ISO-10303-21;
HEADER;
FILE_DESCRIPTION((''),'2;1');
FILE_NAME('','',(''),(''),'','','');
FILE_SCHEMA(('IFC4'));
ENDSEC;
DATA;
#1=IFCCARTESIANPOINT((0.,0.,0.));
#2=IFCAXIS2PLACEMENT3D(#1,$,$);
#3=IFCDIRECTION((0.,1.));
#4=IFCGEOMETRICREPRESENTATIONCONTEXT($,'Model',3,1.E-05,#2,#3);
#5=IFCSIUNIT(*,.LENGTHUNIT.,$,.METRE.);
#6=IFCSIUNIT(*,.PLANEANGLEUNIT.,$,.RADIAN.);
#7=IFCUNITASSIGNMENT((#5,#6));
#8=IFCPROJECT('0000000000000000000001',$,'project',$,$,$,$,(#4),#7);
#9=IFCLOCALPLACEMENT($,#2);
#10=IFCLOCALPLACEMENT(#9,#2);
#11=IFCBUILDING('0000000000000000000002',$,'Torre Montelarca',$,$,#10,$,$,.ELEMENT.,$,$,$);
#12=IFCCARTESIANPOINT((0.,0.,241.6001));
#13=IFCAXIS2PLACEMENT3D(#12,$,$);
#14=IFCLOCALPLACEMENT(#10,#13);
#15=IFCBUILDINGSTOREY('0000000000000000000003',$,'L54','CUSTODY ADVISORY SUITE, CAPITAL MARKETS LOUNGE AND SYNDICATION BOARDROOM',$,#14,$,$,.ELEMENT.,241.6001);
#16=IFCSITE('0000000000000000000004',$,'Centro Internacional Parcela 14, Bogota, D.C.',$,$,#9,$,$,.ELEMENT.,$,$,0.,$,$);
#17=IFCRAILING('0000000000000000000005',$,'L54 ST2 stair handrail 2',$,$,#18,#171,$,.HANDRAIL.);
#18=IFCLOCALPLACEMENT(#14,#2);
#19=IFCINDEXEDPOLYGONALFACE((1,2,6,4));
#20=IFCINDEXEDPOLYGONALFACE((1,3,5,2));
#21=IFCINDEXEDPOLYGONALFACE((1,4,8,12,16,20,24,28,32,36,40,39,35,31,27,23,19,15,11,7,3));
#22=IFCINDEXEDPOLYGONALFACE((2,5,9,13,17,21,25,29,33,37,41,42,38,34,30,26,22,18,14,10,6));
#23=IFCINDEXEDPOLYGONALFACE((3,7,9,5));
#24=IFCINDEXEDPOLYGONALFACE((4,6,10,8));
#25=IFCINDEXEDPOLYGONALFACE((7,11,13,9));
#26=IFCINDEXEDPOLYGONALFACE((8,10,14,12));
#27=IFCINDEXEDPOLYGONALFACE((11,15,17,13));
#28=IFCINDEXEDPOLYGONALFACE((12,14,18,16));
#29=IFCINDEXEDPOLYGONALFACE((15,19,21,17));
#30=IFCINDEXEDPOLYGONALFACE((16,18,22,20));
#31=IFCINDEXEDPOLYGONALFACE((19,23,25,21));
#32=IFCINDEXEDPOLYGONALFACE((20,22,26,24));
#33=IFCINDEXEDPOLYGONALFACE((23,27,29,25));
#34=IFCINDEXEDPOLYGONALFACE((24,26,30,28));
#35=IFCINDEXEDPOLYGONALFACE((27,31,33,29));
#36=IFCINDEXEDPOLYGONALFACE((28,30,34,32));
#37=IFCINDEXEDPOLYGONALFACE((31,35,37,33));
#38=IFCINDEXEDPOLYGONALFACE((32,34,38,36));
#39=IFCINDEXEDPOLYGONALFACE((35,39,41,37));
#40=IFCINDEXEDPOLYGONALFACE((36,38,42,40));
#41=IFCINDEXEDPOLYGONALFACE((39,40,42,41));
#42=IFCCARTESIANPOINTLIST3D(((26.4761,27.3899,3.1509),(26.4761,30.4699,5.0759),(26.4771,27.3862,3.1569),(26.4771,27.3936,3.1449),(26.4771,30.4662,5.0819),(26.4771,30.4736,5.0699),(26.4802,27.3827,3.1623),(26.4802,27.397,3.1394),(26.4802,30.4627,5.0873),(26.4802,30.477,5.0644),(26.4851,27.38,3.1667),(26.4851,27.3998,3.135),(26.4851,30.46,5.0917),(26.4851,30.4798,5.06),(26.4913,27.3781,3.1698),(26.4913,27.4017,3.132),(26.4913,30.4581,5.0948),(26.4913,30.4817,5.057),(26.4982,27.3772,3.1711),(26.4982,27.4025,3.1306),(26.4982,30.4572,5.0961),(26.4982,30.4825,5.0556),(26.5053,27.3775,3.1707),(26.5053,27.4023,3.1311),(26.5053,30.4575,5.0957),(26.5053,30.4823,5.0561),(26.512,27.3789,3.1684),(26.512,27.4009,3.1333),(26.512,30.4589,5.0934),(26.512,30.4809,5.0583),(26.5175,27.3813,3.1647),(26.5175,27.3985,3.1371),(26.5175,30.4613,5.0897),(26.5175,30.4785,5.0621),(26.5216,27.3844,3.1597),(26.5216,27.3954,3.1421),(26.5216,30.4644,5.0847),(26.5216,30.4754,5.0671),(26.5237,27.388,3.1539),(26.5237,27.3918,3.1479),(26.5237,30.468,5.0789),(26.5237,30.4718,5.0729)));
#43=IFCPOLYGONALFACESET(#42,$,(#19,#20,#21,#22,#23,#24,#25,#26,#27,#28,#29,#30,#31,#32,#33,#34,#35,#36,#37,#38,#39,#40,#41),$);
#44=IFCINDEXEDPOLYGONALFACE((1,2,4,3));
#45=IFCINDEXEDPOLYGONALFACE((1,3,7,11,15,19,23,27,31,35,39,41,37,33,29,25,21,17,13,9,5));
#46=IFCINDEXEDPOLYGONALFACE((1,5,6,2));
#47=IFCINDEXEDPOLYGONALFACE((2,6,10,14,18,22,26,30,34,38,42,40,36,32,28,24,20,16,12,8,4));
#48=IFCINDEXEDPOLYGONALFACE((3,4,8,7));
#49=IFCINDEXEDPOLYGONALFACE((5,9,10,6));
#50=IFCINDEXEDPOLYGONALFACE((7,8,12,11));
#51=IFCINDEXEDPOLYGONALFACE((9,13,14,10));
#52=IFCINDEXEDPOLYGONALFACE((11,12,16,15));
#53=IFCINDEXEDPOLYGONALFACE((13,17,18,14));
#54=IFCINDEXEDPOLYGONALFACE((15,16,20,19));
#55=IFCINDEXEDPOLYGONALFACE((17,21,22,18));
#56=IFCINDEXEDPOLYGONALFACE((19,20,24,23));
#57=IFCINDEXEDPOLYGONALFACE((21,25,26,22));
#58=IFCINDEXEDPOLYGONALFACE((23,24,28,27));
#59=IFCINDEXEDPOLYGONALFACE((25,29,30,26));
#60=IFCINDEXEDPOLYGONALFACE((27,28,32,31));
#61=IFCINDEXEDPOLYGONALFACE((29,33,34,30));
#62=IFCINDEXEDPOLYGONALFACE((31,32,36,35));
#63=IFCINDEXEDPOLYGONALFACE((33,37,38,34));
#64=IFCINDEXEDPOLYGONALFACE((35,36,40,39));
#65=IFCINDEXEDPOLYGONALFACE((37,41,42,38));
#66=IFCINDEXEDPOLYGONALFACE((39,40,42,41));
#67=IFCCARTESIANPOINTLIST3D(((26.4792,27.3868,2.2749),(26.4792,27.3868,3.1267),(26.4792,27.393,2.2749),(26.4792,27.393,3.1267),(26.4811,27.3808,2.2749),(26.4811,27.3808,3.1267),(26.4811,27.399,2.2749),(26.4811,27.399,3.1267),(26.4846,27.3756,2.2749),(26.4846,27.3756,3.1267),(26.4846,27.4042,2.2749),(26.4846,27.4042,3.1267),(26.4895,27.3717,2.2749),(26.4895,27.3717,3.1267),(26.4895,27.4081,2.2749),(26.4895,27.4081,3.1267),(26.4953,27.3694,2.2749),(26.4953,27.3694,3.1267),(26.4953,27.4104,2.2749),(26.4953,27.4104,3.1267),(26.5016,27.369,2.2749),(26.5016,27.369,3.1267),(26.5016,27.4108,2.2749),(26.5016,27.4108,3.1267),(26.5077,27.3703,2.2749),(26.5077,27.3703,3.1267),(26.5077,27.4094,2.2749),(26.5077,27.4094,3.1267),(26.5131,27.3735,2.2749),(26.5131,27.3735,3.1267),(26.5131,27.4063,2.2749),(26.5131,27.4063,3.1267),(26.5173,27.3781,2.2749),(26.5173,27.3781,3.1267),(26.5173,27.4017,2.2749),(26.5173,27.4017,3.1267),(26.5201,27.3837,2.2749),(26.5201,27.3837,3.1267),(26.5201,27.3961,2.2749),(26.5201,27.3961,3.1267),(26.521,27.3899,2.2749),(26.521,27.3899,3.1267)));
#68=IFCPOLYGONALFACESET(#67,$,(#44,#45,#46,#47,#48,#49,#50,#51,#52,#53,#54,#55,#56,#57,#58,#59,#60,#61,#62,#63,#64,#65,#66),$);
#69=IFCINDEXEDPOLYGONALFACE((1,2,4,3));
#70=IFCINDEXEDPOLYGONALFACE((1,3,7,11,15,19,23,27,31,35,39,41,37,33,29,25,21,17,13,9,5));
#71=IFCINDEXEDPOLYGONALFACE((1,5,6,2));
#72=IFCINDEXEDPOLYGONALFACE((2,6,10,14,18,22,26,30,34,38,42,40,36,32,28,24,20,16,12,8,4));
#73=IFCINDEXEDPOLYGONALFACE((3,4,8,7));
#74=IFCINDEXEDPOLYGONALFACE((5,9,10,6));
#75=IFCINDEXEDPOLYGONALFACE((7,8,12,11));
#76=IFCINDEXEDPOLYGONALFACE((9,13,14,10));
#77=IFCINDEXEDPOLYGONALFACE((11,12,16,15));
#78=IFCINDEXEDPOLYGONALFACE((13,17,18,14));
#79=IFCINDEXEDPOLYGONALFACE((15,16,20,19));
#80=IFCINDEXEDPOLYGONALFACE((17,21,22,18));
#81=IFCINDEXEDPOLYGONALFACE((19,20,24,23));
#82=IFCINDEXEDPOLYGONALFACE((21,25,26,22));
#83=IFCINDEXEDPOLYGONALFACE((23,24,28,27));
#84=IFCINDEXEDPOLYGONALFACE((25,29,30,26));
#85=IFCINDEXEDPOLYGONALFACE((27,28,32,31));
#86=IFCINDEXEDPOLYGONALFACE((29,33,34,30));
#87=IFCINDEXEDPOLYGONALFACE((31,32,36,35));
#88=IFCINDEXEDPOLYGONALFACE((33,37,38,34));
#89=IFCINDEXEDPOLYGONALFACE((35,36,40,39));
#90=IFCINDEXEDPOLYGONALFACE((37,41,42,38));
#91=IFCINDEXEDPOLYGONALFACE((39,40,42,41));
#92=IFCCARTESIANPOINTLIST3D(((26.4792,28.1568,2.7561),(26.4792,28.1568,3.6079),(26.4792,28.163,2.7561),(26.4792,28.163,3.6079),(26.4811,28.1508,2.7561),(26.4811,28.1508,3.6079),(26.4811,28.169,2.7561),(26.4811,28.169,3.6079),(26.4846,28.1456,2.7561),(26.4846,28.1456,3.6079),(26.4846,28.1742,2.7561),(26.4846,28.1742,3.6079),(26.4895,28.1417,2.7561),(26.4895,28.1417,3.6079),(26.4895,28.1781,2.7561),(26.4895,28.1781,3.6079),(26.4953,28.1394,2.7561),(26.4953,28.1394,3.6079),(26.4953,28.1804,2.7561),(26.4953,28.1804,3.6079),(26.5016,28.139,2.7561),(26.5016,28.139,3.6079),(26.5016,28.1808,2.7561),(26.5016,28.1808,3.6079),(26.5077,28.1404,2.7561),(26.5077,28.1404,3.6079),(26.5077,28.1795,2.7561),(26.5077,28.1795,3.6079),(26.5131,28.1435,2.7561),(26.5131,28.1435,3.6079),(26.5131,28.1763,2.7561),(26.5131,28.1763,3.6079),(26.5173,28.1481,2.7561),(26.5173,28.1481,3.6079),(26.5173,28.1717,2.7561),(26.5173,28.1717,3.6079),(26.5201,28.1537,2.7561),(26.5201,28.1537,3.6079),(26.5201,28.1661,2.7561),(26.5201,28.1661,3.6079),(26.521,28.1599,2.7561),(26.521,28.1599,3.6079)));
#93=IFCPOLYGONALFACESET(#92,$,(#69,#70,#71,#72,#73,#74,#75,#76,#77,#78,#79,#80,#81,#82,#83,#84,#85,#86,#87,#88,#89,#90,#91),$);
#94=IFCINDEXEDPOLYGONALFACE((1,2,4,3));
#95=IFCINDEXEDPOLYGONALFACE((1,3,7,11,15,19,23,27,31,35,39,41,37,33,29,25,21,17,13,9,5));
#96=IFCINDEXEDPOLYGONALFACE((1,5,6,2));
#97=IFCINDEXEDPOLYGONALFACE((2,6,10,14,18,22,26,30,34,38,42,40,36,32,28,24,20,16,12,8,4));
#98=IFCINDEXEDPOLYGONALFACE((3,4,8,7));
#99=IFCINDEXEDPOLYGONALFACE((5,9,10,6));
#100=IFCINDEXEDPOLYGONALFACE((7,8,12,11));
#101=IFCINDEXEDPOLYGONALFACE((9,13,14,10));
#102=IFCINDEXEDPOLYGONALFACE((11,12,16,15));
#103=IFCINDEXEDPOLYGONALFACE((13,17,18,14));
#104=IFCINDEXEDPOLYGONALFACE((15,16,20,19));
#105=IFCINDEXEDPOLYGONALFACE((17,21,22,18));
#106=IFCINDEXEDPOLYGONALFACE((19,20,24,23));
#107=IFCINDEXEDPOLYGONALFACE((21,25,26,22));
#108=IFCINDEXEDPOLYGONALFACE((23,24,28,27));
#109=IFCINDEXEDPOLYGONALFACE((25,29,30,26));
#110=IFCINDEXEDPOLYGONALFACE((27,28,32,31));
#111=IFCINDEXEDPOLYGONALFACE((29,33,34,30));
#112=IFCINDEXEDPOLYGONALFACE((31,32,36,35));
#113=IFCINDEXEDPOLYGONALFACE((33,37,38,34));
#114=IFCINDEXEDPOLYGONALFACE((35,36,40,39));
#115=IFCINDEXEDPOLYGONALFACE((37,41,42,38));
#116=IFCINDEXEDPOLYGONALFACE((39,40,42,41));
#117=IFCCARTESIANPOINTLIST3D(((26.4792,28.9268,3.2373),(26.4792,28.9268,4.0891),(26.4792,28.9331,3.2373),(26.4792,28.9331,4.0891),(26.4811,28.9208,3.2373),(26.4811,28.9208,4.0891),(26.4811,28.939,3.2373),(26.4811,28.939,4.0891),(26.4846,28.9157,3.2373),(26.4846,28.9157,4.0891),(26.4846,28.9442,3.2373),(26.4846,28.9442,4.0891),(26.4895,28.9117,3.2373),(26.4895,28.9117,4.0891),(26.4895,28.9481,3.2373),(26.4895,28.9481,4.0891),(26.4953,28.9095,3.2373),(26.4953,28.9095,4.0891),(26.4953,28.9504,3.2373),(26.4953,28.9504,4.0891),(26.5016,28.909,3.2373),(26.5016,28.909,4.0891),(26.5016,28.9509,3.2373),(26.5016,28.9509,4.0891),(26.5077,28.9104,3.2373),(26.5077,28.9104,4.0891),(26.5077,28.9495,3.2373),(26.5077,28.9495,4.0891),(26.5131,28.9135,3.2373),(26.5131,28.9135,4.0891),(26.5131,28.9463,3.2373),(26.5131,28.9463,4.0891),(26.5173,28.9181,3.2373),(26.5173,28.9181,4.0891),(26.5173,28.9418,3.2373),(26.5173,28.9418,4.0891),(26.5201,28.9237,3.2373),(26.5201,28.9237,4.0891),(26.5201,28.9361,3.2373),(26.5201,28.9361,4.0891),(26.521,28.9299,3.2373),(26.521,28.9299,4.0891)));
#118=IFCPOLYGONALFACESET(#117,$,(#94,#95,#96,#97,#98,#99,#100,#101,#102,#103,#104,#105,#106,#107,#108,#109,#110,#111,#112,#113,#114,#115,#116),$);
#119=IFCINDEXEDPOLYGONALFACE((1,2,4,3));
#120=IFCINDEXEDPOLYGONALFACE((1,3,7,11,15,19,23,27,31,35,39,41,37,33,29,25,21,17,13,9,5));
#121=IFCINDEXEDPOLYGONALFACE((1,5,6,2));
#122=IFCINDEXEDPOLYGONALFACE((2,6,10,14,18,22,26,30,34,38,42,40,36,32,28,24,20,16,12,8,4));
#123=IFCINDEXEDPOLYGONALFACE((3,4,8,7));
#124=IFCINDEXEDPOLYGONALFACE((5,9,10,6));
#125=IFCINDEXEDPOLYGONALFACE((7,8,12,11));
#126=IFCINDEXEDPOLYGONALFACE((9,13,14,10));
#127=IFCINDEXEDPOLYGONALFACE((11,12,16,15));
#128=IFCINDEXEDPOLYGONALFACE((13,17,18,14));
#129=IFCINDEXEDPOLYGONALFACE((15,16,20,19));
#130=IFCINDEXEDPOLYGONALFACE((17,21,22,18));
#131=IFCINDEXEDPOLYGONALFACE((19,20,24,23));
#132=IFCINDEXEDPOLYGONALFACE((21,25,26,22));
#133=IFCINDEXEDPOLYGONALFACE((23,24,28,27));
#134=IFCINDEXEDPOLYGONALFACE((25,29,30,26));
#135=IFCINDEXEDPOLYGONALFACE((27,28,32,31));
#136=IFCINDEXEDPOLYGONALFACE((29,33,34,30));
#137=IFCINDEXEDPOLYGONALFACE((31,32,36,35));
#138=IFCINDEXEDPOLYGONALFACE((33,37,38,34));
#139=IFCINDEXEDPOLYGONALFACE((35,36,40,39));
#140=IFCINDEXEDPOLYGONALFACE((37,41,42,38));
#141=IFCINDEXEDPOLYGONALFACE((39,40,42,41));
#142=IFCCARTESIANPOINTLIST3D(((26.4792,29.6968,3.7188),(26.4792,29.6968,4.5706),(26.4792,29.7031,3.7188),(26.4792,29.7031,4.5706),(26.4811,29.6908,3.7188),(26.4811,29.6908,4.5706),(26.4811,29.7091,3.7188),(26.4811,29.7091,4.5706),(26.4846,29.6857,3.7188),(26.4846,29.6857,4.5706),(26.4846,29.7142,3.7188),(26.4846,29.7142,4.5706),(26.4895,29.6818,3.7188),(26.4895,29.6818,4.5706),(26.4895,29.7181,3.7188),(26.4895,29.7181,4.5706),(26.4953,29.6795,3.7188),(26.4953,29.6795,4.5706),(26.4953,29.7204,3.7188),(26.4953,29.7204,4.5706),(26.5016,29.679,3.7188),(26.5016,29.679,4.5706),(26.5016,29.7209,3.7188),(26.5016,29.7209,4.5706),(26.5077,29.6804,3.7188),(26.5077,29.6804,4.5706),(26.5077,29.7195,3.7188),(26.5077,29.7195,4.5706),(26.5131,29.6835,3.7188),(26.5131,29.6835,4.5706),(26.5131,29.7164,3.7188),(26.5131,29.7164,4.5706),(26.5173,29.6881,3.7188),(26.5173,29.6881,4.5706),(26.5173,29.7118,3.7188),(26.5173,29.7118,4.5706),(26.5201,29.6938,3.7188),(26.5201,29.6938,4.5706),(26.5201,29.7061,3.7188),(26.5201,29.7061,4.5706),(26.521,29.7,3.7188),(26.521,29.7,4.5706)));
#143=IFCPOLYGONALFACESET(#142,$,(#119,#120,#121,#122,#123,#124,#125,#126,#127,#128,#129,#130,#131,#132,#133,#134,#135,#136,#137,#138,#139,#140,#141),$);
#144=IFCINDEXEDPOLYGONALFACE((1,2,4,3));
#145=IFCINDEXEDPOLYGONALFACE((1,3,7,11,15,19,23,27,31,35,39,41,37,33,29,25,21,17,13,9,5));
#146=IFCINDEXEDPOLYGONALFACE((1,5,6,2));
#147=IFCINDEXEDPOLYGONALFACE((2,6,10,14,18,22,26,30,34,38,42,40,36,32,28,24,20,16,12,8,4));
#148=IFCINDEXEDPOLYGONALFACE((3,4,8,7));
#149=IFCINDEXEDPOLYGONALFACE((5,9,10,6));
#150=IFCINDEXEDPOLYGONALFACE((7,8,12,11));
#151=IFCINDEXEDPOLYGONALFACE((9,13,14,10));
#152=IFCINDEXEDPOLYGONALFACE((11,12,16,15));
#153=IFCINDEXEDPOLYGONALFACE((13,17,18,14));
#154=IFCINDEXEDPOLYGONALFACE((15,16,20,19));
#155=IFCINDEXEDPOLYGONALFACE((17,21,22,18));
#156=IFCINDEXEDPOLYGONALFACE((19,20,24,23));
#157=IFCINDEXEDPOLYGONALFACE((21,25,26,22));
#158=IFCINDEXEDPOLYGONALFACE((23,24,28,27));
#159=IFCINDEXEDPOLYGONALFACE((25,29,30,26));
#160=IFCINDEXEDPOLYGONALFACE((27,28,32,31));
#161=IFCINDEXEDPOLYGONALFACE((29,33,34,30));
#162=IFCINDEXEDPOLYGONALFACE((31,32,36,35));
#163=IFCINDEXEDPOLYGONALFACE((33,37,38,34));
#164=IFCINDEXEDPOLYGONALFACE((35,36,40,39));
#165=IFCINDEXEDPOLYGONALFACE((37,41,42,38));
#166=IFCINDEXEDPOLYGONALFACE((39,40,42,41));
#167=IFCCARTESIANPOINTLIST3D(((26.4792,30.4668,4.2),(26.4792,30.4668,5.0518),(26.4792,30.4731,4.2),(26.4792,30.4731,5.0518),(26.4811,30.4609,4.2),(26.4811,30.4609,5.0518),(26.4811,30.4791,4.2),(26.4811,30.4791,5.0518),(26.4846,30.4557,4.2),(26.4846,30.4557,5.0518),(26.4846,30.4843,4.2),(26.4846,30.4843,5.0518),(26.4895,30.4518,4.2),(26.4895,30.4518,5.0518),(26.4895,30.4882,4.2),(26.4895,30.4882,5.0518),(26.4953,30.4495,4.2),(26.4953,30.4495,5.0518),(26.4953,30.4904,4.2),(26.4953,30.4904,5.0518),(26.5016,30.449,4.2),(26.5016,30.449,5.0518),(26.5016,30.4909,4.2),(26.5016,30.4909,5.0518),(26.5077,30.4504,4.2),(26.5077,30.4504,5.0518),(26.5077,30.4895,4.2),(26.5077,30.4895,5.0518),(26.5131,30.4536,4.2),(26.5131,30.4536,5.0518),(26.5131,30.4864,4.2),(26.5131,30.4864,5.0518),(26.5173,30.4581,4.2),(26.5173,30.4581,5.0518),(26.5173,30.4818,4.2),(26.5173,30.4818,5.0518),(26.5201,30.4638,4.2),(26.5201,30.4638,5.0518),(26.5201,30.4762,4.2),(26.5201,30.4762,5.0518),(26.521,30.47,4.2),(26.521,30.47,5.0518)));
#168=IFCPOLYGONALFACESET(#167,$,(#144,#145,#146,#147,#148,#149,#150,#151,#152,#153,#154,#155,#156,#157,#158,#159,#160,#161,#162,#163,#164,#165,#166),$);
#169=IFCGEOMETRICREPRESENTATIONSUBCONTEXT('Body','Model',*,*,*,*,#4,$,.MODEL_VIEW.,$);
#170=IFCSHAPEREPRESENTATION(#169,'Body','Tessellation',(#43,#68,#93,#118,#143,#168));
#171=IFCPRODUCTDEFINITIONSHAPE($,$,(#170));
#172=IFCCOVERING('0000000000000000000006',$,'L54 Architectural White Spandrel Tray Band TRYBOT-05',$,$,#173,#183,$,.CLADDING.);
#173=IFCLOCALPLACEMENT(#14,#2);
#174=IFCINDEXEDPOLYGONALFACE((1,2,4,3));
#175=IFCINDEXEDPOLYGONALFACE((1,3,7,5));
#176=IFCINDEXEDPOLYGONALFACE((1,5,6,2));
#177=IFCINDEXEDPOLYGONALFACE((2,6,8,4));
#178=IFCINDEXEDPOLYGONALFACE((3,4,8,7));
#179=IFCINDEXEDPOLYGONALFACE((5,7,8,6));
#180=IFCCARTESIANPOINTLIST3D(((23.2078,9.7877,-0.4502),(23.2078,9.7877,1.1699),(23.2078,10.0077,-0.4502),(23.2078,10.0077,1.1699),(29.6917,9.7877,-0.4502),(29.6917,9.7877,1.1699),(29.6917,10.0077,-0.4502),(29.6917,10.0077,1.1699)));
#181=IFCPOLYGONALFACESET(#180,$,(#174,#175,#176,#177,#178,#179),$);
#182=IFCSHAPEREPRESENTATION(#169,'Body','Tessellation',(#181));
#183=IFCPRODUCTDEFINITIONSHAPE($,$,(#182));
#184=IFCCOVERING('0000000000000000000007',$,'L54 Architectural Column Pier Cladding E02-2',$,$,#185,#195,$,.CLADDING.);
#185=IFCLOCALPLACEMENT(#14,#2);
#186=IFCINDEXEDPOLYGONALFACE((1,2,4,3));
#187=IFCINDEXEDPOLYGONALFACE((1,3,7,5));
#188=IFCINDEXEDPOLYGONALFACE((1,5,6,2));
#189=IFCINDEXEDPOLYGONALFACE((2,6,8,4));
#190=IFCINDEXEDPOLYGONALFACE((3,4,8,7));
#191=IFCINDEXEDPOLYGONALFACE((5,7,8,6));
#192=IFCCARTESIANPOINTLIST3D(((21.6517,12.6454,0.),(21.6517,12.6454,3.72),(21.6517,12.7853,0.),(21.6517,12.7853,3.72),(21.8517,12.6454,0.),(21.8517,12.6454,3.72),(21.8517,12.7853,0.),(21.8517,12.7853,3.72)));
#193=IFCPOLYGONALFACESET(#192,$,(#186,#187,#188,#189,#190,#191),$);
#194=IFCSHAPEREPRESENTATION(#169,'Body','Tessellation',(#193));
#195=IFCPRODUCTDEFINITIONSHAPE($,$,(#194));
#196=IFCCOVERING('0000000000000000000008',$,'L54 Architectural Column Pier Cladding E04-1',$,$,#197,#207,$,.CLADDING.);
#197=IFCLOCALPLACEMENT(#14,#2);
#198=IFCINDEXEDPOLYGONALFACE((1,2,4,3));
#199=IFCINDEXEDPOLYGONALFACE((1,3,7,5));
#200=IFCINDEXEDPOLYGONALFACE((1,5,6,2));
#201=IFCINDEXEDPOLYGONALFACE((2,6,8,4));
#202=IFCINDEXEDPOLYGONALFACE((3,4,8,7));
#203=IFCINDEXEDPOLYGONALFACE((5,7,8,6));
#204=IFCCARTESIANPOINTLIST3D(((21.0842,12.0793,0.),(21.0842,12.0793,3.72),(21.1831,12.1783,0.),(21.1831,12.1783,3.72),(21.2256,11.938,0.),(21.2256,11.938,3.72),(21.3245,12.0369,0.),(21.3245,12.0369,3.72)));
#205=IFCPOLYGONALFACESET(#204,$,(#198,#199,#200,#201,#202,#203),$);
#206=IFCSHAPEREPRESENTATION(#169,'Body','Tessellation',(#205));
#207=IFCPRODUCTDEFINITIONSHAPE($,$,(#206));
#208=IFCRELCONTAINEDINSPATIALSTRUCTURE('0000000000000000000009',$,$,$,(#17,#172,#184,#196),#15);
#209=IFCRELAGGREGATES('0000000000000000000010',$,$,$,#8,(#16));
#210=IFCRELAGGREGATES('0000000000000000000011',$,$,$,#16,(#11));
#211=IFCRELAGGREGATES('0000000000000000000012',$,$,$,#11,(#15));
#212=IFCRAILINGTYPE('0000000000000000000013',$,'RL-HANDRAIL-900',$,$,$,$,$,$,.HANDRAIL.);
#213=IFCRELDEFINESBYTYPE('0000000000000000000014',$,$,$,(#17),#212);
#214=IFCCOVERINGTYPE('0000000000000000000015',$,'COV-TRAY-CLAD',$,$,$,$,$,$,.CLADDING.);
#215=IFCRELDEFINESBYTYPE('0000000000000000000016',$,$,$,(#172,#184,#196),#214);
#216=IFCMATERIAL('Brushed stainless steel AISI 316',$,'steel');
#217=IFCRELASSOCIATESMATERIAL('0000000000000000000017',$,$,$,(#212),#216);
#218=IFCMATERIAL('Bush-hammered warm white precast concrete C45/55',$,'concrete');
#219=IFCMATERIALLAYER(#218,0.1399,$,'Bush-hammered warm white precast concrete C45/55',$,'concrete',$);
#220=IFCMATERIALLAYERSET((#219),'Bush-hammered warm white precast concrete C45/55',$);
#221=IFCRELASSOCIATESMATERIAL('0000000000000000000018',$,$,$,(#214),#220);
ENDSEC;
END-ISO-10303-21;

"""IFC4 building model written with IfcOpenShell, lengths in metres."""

from ifc_helpers import new_model, si_unit, direction, frame, origin, origin_2d, place, context, subcontext, project, spatial, rectangle, circle, extrude, source, transform, mapped, material, layer, layer_set, type_object, element, save


model = new_model("IFC4")

# Units and contexts
model_context = context("Model", 3, precision=1e-05, world=origin(), true_north=direction((0.0, 1.0)))
body_context = subcontext(model_context, "Body", "Model", "MODEL_VIEW")
ifc_project = project(units=[si_unit("LENGTHUNIT", "METRE"), si_unit("PLANEANGLEUNIT", "RADIAN")], contexts=[model_context])

# Site, building, storey
site_placement = place(None, origin())
site = spatial("IfcSite", under=ifc_project, at=site_placement, Name="Centro Internacional Parcela 14, Bogota, D.C.", CompositionType="ELEMENT", RefElevation=0.0)
building_placement = place(site_placement, origin())
building = spatial("IfcBuilding", under=site, at=building_placement, Name="Torre Montelarca", CompositionType="ELEMENT")
storey_placement = place(building_placement, frame((0.0, 0.0, 241.6001)))
storey = spatial("IfcBuildingStorey", under=building, at=storey_placement, Name="L54", Description="CUSTODY ADVISORY SUITE, CAPITAL MARKETS LOUNGE AND SYNDICATION BOARDROOM", CompositionType="ELEMENT", Elevation=241.6001)

# Railing
ifc_material_1 = material(Name="Brushed stainless steel AISI 316", Category="steel")
railing_type_1 = type_object("IfcRailingType", Name="RL-HANDRAIL-900", PredefinedType="HANDRAIL", material=ifc_material_1)
railing_1_placement = place(storey_placement, frame((26.5, 27.3899, 2.2749)))
element("IfcRailing", 1, at=railing_1_placement, inside=storey, type_object=railing_type_1, Name="L54 ST2 stair handrail 2", PredefinedType="HANDRAIL", context=body_context, shape_type="SweptSolid", body=[
    extrude(circle(Radius=0.0239, at=origin_2d()), frame((0.0, 0.0, 0.876), z_axis=(0.0, 0.847998, 0.529999), x_axis=(-1.0, 0.0, 0.0)), (0.0, 0.0, 1.0), 3.6321),
    extrude(circle(Radius=0.021, at=origin_2d()), origin(), (0.0, 0.0, 1.0), 0.8518),
    extrude(circle(Radius=0.021, at=origin_2d()), frame((0.0, 0.77, 0.4812)), (0.0, 0.0, 1.0), 0.8518),
    extrude(circle(Radius=0.021, at=origin_2d()), frame((0.0, 1.54, 0.9624)), (0.0, 0.0, 1.0), 0.8518),
    extrude(circle(Radius=0.021, at=origin_2d()), frame((0.0, 2.3101, 1.4438)), (0.0, 0.0, 1.0), 0.8518),
    extrude(circle(Radius=0.021, at=origin_2d()), frame((0.0, 3.0801, 1.925)), (0.0, 0.0, 1.0), 0.8518),
])

# Coverings
ifc_material_2 = material(Name="Bush-hammered warm white precast concrete C45/55", Category="concrete")
ifc_layer_1 = layer(ifc_material_2, 0.1399, Name="Bush-hammered warm white precast concrete C45/55", Category="concrete")
ifc_layer_set_1 = layer_set([ifc_layer_1], Name="Bush-hammered warm white precast concrete C45/55")
covering_type = type_object("IfcCoveringType", Name="COV-TRAY-CLAD", PredefinedType="CLADDING", material=ifc_layer_set_1)
shared_shape_1 = source(origin(), body_context, "Body", "SweptSolid", [
    extrude(rectangle(XDim=6.4839, YDim=0.22, at=origin_2d()), origin(), (0.0, 0.0, 1.0), 1.6201),
])
covering_1_placement = place(storey_placement, frame((26.4497, 9.8977, -0.4502), z_axis=(0.0, 0.0, 1.0), x_axis=(1.0, 0.0, 0.0)))
element("IfcCovering", 2, at=covering_1_placement, inside=storey, type_object=covering_type, Name="L54 Architectural White Spandrel Tray Band TRYBOT-05", PredefinedType="CLADDING", context=body_context, shape_type="MappedRepresentation", body=[
    mapped(shared_shape_1, transform((0.0, 0.0, 0.0), scale=1.0)),
])
shared_shape_2 = source(origin(), body_context, "Body", "SweptSolid", [
    extrude(rectangle(XDim=0.2, YDim=0.1399, at=origin_2d()), origin(), (0.0, 0.0, 1.0), 3.72),
])
for number, where, z_axis, x_axis, name in (
    (3, (21.7517, 12.7153, 0.0), (0.0, 0.0, 1.0), (1.0, 0.0, 0.0), "L54 Architectural Column Pier Cladding E02-2"),
    (4, (21.2043, 12.0581, 0.0), (0.0, 0.0, 1.0), (0.707124, -0.70709, 0.0), "L54 Architectural Column Pier Cladding E04-1"),
):
    element("IfcCovering", number, at=place(storey_placement, frame(where, z_axis=z_axis, x_axis=x_axis)), inside=storey, type_object=covering_type, Name=name, PredefinedType="CLADDING", context=body_context, shape_type="MappedRepresentation", body=[
        mapped(shared_shape_2, transform((0.0, 0.0, 0.0), scale=1.0)),
    ])

save(model, "model.ifc")
